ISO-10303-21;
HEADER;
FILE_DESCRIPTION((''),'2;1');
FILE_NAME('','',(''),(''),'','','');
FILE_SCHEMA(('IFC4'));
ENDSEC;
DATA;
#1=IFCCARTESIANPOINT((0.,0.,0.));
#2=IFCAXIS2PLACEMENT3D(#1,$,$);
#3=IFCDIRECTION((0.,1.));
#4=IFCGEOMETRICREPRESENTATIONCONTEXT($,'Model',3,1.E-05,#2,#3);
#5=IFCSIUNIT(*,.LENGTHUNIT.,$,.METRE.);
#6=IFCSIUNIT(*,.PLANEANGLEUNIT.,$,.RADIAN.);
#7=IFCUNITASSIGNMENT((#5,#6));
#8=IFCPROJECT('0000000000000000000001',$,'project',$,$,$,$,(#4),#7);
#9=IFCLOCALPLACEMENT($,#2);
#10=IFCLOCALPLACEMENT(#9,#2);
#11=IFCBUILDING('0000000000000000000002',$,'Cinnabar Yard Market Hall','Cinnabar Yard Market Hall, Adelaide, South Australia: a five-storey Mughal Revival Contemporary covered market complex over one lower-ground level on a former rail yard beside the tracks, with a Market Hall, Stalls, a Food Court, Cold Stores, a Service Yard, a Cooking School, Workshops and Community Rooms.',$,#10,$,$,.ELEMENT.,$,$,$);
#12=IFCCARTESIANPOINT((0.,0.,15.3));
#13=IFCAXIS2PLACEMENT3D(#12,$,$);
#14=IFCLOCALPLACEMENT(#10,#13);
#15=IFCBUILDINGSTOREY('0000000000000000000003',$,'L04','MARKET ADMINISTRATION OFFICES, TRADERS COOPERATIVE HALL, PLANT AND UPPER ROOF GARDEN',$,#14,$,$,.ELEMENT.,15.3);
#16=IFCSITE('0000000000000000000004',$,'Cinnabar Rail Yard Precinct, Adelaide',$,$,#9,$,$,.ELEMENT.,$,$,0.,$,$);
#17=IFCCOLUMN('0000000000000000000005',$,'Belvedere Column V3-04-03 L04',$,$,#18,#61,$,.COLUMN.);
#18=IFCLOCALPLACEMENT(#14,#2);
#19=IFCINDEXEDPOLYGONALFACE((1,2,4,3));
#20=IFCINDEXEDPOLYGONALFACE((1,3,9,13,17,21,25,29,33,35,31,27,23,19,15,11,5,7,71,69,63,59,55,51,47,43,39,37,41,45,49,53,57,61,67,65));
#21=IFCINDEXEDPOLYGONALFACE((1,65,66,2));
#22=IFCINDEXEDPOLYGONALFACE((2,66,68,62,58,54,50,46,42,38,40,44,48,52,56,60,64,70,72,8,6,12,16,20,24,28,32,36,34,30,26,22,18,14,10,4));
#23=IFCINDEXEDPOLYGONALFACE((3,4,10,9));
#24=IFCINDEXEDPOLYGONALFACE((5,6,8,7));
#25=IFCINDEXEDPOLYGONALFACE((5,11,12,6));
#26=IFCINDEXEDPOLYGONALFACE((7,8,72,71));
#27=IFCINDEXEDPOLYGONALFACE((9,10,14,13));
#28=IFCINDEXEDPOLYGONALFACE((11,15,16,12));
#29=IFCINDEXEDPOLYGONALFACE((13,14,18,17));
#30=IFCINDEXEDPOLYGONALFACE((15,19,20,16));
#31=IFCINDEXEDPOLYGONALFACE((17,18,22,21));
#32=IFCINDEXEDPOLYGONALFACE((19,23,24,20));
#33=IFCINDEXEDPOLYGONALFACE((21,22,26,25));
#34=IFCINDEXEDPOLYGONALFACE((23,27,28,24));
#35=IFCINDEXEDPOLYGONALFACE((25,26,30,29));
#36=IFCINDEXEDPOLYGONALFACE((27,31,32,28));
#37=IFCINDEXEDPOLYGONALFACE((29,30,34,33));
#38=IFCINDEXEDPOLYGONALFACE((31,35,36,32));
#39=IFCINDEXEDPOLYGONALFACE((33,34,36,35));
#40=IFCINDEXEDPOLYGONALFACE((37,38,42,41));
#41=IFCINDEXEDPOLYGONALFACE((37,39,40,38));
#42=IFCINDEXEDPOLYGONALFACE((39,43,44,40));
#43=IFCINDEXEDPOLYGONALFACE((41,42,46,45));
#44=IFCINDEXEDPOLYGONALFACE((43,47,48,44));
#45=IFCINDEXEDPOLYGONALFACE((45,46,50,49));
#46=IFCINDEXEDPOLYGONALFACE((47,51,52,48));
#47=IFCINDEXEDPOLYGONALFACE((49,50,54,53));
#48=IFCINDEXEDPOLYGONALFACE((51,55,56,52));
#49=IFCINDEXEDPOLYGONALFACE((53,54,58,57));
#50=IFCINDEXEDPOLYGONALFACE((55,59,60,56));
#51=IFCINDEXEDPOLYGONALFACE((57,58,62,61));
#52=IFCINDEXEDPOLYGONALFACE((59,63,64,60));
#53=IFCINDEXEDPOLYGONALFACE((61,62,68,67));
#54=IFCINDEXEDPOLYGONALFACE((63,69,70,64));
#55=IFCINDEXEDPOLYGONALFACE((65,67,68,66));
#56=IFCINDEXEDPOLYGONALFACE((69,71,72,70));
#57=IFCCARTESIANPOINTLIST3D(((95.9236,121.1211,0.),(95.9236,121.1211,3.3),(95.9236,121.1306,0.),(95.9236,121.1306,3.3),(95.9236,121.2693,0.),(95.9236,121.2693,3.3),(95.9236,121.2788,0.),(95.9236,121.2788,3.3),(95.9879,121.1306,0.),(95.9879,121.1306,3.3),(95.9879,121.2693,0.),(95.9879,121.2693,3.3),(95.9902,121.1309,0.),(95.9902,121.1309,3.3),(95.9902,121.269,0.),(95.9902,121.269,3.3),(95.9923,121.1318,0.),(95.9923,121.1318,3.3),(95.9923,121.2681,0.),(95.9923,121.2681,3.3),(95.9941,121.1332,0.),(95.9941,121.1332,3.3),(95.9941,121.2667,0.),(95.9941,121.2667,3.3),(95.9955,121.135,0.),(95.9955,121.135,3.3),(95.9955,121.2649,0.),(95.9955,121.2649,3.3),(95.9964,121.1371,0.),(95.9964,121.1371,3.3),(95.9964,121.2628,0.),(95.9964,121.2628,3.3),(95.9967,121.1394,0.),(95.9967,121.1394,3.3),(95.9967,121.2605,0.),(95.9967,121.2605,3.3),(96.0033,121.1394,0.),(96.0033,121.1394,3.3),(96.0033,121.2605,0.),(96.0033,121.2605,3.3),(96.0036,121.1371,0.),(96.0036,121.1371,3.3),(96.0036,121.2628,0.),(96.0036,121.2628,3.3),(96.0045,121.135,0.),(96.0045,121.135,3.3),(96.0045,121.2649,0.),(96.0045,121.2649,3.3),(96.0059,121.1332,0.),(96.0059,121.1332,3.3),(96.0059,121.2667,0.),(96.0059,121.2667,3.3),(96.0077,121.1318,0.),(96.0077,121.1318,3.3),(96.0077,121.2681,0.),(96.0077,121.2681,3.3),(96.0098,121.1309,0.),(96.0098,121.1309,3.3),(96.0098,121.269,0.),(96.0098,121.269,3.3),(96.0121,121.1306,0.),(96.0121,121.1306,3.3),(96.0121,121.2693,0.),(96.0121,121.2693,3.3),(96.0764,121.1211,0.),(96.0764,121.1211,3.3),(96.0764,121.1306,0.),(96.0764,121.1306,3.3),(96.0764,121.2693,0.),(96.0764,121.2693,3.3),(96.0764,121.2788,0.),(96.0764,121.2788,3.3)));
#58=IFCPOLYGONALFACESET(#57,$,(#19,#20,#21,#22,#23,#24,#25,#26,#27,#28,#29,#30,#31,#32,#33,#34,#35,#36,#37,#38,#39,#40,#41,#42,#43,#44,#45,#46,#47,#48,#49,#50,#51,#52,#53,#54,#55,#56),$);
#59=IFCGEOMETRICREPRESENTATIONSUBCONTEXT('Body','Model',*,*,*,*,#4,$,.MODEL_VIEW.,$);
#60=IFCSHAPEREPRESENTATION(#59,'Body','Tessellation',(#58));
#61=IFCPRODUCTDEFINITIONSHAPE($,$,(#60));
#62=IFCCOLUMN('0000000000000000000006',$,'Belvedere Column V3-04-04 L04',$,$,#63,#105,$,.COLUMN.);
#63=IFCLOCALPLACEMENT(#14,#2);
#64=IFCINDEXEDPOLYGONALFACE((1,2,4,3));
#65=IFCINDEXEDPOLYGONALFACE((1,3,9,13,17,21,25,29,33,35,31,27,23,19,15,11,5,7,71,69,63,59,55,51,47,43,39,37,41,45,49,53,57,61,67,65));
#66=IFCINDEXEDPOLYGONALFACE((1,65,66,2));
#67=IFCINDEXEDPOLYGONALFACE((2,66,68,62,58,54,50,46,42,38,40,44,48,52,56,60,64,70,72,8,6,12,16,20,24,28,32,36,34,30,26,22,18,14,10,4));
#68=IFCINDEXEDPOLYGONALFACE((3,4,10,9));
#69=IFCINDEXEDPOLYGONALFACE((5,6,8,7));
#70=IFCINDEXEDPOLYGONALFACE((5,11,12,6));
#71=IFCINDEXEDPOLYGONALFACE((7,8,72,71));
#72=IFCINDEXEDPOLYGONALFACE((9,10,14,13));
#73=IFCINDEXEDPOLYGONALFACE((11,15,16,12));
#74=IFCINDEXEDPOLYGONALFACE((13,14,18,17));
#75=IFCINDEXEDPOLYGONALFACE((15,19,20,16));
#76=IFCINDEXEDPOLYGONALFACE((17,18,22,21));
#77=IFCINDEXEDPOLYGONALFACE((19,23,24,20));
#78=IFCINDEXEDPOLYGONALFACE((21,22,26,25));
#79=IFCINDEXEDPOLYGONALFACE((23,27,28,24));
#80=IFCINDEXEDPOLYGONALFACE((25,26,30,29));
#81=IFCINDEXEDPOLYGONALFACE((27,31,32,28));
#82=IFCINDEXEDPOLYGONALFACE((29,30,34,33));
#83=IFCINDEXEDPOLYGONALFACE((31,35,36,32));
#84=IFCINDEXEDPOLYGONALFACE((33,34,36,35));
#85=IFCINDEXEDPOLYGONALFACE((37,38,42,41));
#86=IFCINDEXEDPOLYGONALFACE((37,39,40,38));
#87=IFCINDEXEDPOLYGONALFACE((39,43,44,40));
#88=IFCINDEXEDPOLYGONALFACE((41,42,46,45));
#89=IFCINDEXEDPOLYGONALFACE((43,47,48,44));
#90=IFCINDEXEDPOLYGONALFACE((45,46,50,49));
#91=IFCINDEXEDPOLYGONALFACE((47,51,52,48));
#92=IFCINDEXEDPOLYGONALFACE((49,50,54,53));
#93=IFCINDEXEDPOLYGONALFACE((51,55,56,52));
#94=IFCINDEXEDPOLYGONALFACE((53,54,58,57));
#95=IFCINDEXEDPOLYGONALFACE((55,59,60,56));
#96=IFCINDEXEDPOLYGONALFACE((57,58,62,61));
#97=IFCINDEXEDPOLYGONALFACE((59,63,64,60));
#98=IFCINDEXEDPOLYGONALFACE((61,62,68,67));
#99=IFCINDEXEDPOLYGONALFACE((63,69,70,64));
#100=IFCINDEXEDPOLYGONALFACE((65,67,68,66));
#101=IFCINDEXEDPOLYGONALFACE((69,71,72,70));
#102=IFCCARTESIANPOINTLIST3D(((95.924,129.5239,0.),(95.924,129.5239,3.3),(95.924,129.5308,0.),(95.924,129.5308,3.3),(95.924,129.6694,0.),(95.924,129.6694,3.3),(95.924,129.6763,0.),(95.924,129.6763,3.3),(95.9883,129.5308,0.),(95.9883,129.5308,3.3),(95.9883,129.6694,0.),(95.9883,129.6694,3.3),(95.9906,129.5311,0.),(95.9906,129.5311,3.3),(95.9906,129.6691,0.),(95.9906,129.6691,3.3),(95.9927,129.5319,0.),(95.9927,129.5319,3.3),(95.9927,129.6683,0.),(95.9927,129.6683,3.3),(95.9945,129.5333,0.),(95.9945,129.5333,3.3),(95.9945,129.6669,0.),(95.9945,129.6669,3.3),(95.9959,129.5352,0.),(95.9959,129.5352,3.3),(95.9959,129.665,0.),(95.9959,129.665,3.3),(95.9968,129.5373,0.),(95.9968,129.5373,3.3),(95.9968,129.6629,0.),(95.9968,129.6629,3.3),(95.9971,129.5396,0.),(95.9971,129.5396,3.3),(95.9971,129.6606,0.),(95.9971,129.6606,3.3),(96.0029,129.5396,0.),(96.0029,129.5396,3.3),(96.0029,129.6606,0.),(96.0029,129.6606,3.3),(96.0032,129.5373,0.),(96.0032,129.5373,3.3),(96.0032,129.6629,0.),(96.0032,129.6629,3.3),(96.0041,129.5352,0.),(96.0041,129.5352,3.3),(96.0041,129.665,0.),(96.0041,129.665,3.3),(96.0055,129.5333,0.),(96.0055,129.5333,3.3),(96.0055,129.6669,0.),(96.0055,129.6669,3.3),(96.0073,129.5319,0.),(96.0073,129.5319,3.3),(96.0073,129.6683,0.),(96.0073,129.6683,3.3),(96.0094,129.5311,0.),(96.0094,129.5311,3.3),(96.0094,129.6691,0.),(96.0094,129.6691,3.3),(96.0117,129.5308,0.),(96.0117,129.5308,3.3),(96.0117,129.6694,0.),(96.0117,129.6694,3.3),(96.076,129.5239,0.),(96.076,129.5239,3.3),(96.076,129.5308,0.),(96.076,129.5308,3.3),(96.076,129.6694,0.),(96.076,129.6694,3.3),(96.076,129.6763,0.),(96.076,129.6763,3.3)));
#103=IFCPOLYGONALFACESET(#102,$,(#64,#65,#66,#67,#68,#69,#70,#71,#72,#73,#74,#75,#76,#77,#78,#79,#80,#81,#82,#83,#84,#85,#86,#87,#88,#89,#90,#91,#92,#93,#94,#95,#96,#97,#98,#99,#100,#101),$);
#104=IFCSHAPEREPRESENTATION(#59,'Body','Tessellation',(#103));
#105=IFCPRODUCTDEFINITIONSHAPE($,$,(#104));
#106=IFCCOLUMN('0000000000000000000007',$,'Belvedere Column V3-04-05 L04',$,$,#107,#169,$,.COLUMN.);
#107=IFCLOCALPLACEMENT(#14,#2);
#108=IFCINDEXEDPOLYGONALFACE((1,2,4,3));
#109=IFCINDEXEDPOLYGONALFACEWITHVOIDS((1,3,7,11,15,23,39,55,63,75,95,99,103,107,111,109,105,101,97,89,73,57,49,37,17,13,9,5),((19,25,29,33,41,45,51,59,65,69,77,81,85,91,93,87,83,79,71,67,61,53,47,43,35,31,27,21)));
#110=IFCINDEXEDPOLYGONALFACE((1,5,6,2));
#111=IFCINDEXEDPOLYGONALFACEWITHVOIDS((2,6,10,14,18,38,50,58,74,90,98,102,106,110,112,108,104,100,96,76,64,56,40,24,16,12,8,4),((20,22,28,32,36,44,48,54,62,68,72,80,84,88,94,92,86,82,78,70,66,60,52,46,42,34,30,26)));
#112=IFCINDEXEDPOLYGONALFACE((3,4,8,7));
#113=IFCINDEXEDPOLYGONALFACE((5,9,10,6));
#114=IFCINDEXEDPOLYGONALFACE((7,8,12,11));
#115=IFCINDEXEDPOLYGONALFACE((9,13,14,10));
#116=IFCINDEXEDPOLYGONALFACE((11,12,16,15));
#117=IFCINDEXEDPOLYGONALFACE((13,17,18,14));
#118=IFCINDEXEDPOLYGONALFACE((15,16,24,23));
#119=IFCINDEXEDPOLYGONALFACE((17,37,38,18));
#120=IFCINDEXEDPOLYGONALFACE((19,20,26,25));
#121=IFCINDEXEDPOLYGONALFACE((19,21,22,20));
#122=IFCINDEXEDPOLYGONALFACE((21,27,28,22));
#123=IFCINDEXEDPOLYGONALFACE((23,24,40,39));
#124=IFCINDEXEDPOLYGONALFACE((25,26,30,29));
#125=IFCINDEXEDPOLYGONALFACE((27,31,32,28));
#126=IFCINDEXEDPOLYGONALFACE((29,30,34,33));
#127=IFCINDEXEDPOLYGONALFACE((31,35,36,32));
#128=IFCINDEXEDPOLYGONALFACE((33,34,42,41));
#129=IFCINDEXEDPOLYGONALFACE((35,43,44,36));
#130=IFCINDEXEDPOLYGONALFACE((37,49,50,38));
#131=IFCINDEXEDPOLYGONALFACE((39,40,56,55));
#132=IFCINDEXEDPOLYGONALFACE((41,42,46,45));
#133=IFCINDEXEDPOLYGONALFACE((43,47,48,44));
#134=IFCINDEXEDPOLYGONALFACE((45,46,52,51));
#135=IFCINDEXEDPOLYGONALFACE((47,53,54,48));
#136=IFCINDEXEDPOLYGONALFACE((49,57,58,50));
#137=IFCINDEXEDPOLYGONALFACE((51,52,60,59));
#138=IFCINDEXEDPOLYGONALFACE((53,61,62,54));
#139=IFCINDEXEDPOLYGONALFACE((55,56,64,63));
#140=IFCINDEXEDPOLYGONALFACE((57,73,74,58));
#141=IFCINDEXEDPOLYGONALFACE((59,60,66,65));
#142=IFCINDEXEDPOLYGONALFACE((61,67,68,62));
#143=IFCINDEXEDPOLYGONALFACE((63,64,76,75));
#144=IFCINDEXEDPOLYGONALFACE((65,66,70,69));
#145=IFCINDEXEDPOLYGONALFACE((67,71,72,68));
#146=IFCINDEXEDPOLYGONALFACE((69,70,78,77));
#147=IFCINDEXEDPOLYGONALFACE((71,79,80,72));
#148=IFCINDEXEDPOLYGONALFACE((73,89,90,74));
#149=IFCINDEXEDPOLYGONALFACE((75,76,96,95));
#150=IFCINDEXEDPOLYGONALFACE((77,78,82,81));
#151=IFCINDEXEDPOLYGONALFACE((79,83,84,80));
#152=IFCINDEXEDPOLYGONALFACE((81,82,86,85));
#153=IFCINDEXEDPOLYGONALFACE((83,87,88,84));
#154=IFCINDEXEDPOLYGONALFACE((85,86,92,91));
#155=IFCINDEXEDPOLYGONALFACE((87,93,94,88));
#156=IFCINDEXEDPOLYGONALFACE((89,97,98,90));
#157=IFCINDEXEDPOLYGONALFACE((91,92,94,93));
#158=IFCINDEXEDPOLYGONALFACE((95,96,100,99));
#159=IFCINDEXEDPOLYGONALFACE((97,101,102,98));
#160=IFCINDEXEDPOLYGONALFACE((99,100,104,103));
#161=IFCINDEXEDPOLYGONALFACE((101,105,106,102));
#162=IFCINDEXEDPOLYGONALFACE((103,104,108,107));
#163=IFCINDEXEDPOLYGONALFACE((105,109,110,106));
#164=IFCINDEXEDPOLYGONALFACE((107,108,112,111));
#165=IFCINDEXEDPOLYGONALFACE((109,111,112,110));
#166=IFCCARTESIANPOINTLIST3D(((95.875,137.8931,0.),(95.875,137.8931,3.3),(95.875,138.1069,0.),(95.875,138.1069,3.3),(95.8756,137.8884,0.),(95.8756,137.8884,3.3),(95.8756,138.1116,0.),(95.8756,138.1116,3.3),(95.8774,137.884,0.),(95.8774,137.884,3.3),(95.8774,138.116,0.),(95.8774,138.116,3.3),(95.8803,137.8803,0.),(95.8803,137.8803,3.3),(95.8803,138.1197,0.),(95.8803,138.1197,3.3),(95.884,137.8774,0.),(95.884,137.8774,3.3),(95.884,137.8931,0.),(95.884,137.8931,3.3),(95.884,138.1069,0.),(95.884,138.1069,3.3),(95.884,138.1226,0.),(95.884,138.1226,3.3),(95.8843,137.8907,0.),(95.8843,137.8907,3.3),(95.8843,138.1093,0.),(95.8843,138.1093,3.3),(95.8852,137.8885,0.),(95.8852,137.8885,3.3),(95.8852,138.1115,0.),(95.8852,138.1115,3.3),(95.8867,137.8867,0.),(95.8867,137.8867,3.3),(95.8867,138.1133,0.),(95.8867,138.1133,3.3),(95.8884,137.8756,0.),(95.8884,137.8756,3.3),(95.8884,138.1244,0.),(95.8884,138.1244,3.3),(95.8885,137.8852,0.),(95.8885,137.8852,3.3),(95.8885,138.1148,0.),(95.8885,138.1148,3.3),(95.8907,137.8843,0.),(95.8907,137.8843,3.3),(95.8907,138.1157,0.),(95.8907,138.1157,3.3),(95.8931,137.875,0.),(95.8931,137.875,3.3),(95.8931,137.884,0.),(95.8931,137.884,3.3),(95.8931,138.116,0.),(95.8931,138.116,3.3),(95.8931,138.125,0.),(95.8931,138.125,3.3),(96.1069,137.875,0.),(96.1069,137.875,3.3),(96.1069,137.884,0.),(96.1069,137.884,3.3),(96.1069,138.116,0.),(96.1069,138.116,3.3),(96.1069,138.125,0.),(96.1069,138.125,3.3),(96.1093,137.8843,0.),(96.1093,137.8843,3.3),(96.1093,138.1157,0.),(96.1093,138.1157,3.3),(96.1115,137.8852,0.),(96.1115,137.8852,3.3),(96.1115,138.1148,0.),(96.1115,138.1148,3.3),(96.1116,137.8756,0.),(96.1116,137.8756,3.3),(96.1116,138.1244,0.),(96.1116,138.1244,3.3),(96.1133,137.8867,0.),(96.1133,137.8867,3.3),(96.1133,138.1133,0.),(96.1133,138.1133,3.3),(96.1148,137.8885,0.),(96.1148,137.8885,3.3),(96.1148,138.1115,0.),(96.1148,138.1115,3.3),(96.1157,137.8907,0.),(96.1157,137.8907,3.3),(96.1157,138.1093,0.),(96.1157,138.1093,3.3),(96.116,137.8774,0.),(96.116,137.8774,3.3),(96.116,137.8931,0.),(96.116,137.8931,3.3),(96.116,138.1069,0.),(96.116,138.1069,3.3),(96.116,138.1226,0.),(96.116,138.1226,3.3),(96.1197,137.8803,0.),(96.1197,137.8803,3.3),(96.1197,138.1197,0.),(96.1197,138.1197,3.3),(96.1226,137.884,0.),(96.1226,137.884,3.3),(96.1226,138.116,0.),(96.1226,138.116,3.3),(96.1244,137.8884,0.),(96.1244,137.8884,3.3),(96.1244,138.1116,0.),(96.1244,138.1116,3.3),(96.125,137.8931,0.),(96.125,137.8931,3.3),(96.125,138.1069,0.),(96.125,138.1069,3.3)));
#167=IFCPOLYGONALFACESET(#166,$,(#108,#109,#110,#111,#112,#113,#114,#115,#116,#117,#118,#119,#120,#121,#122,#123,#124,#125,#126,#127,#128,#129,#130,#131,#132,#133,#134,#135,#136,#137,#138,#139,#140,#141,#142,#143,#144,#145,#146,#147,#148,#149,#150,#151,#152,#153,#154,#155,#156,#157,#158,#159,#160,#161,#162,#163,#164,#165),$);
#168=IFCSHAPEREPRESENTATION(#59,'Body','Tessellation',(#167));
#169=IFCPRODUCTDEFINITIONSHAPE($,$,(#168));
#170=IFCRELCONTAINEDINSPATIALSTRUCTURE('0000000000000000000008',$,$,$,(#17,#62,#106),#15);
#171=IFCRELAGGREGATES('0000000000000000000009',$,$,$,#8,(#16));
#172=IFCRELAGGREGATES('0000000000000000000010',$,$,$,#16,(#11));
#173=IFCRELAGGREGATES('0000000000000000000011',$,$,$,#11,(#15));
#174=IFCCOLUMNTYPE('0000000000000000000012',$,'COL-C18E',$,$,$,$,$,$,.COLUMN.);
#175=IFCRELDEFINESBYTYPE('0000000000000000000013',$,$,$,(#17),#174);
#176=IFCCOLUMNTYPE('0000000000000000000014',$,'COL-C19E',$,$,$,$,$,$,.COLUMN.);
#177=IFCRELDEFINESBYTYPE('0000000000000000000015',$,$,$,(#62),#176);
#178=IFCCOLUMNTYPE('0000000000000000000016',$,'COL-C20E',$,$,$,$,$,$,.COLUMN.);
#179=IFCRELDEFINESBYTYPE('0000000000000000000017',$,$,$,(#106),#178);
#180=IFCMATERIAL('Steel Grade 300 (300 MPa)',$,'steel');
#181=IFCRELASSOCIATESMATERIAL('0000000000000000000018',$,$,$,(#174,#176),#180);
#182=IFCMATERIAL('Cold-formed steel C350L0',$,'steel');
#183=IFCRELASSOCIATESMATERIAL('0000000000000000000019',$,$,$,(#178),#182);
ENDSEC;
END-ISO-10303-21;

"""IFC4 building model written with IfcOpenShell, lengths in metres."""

from ifc_helpers import new_model, si_unit, direction, frame, origin, origin_2d_with_axis, place, context, subcontext, project, spatial, hollow_rectangle, i_section, extrude, material, material_profile, profile_set, type_object, element, save


model = new_model("IFC4")

# Units and contexts
model_context = context("Model", 3, precision=1e-05, world=origin(), true_north=direction((0.0, 1.0)))
body_context = subcontext(model_context, "Body", "Model", "MODEL_VIEW")
ifc_project = project(units=[si_unit("LENGTHUNIT", "METRE"), si_unit("PLANEANGLEUNIT", "RADIAN")], contexts=[model_context])

# Site, building, storey
site_placement = place(None, origin())
site = spatial("IfcSite", under=ifc_project, at=site_placement, Name="Cinnabar Rail Yard Precinct, Adelaide", CompositionType="ELEMENT", RefElevation=0.0)
building_placement = place(site_placement, origin())
building = spatial("IfcBuilding", under=site, at=building_placement, Name="Cinnabar Yard Market Hall", Description="Cinnabar Yard Market Hall, Adelaide, South Australia: a five-storey Mughal Revival Contemporary covered market complex over one lower-ground level on a former rail yard beside the tracks, with a Market Hall, Stalls, a Food Court, Cold Stores, a Service Yard, a Cooking School, Workshops and Community Rooms.", CompositionType="ELEMENT")
storey_placement = place(building_placement, frame((0.0, 0.0, 15.3)))
storey = spatial("IfcBuildingStorey", under=building, at=storey_placement, Name="L04", Description="MARKET ADMINISTRATION OFFICES, TRADERS COOPERATIVE HALL, PLANT AND UPPER ROOF GARDEN", CompositionType="ELEMENT", Elevation=15.3)

# Columns
ifc_material_1 = material(Name="Steel Grade 300 (300 MPa)", Category="steel")
ifc_material_profile_1 = material_profile(ifc_material_1, i_section(OverallWidth=0.1528, OverallDepth=0.1577, WebThickness=0.0066, FlangeThickness=0.0095, FilletRadius=0.0088, at=origin_2d_with_axis()), Name="150UC30.0")
ifc_profile_set_1 = profile_set([ifc_material_profile_1], Name="Steel Grade 300 (300 MPa)")
column_type_1 = type_object("IfcColumnType", Name="COL-C18E", PredefinedType="COLUMN", material=ifc_profile_set_1)
column_1_placement = place(storey_placement, frame((96.0, 121.2, 0.0), z_axis=(0.0, 0.0, 1.0), x_axis=(1.0, 0.0, 0.0)))
element("IfcColumn", 1, at=column_1_placement, inside=storey, type_object=column_type_1, Name="Belvedere Column V3-04-03 L04", PredefinedType="COLUMN", context=body_context, shape_type="SweptSolid", body=[
    extrude(i_section(OverallWidth=0.1528, OverallDepth=0.1577, WebThickness=0.0066, FlangeThickness=0.0095, FilletRadius=0.0088, at=origin_2d_with_axis()), origin(), (0.0, 0.0, 1.0), 3.3),
])
ifc_material_profile_2 = material_profile(ifc_material_1, i_section(OverallWidth=0.1521, OverallDepth=0.1523, WebThickness=0.0059, FlangeThickness=0.0068, FilletRadius=0.0088, at=origin_2d_with_axis()), Name="150UC23.4")
ifc_profile_set_2 = profile_set([ifc_material_profile_2], Name="Steel Grade 300 (300 MPa)")
column_type_2 = type_object("IfcColumnType", Name="COL-C19E", PredefinedType="COLUMN", material=ifc_profile_set_2)
column_2_placement = place(storey_placement, frame((96.0, 129.6001, 0.0), z_axis=(0.0, 0.0, 1.0), x_axis=(1.0, 0.0, 0.0)))
element("IfcColumn", 2, at=column_2_placement, inside=storey, type_object=column_type_2, Name="Belvedere Column V3-04-04 L04", PredefinedType="COLUMN", context=body_context, shape_type="SweptSolid", body=[
    extrude(i_section(OverallWidth=0.1521, OverallDepth=0.1523, WebThickness=0.0059, FlangeThickness=0.0068, FilletRadius=0.0088, at=origin_2d_with_axis()), origin(), (0.0, 0.0, 1.0), 3.3),
])
ifc_material_2 = material(Name="Cold-formed steel C350L0", Category="steel")
ifc_material_profile_3 = material_profile(ifc_material_2, hollow_rectangle(XDim=0.25, YDim=0.25, WallThickness=0.009, InnerFilletRadius=0.009, OuterFilletRadius=0.0181, at=origin_2d_with_axis()), Name="250x250x9.0SHS")
ifc_profile_set_3 = profile_set([ifc_material_profile_3], Name="Cold-formed steel C350L0")
column_type_3 = type_object("IfcColumnType", Name="COL-C20E", PredefinedType="COLUMN", material=ifc_profile_set_3)
column_3_placement = place(storey_placement, frame((96.0, 138.0, 0.0), z_axis=(0.0, 0.0, 1.0), x_axis=(1.0, 0.0, 0.0)))
element("IfcColumn", 3, at=column_3_placement, inside=storey, type_object=column_type_3, Name="Belvedere Column V3-04-05 L04", PredefinedType="COLUMN", context=body_context, shape_type="SweptSolid", body=[
    extrude(hollow_rectangle(XDim=0.25, YDim=0.25, WallThickness=0.009, InnerFilletRadius=0.009, OuterFilletRadius=0.0181, at=origin_2d_with_axis()), origin(), (0.0, 0.0, 1.0), 3.3),
])

save(model, "model.ifc")
